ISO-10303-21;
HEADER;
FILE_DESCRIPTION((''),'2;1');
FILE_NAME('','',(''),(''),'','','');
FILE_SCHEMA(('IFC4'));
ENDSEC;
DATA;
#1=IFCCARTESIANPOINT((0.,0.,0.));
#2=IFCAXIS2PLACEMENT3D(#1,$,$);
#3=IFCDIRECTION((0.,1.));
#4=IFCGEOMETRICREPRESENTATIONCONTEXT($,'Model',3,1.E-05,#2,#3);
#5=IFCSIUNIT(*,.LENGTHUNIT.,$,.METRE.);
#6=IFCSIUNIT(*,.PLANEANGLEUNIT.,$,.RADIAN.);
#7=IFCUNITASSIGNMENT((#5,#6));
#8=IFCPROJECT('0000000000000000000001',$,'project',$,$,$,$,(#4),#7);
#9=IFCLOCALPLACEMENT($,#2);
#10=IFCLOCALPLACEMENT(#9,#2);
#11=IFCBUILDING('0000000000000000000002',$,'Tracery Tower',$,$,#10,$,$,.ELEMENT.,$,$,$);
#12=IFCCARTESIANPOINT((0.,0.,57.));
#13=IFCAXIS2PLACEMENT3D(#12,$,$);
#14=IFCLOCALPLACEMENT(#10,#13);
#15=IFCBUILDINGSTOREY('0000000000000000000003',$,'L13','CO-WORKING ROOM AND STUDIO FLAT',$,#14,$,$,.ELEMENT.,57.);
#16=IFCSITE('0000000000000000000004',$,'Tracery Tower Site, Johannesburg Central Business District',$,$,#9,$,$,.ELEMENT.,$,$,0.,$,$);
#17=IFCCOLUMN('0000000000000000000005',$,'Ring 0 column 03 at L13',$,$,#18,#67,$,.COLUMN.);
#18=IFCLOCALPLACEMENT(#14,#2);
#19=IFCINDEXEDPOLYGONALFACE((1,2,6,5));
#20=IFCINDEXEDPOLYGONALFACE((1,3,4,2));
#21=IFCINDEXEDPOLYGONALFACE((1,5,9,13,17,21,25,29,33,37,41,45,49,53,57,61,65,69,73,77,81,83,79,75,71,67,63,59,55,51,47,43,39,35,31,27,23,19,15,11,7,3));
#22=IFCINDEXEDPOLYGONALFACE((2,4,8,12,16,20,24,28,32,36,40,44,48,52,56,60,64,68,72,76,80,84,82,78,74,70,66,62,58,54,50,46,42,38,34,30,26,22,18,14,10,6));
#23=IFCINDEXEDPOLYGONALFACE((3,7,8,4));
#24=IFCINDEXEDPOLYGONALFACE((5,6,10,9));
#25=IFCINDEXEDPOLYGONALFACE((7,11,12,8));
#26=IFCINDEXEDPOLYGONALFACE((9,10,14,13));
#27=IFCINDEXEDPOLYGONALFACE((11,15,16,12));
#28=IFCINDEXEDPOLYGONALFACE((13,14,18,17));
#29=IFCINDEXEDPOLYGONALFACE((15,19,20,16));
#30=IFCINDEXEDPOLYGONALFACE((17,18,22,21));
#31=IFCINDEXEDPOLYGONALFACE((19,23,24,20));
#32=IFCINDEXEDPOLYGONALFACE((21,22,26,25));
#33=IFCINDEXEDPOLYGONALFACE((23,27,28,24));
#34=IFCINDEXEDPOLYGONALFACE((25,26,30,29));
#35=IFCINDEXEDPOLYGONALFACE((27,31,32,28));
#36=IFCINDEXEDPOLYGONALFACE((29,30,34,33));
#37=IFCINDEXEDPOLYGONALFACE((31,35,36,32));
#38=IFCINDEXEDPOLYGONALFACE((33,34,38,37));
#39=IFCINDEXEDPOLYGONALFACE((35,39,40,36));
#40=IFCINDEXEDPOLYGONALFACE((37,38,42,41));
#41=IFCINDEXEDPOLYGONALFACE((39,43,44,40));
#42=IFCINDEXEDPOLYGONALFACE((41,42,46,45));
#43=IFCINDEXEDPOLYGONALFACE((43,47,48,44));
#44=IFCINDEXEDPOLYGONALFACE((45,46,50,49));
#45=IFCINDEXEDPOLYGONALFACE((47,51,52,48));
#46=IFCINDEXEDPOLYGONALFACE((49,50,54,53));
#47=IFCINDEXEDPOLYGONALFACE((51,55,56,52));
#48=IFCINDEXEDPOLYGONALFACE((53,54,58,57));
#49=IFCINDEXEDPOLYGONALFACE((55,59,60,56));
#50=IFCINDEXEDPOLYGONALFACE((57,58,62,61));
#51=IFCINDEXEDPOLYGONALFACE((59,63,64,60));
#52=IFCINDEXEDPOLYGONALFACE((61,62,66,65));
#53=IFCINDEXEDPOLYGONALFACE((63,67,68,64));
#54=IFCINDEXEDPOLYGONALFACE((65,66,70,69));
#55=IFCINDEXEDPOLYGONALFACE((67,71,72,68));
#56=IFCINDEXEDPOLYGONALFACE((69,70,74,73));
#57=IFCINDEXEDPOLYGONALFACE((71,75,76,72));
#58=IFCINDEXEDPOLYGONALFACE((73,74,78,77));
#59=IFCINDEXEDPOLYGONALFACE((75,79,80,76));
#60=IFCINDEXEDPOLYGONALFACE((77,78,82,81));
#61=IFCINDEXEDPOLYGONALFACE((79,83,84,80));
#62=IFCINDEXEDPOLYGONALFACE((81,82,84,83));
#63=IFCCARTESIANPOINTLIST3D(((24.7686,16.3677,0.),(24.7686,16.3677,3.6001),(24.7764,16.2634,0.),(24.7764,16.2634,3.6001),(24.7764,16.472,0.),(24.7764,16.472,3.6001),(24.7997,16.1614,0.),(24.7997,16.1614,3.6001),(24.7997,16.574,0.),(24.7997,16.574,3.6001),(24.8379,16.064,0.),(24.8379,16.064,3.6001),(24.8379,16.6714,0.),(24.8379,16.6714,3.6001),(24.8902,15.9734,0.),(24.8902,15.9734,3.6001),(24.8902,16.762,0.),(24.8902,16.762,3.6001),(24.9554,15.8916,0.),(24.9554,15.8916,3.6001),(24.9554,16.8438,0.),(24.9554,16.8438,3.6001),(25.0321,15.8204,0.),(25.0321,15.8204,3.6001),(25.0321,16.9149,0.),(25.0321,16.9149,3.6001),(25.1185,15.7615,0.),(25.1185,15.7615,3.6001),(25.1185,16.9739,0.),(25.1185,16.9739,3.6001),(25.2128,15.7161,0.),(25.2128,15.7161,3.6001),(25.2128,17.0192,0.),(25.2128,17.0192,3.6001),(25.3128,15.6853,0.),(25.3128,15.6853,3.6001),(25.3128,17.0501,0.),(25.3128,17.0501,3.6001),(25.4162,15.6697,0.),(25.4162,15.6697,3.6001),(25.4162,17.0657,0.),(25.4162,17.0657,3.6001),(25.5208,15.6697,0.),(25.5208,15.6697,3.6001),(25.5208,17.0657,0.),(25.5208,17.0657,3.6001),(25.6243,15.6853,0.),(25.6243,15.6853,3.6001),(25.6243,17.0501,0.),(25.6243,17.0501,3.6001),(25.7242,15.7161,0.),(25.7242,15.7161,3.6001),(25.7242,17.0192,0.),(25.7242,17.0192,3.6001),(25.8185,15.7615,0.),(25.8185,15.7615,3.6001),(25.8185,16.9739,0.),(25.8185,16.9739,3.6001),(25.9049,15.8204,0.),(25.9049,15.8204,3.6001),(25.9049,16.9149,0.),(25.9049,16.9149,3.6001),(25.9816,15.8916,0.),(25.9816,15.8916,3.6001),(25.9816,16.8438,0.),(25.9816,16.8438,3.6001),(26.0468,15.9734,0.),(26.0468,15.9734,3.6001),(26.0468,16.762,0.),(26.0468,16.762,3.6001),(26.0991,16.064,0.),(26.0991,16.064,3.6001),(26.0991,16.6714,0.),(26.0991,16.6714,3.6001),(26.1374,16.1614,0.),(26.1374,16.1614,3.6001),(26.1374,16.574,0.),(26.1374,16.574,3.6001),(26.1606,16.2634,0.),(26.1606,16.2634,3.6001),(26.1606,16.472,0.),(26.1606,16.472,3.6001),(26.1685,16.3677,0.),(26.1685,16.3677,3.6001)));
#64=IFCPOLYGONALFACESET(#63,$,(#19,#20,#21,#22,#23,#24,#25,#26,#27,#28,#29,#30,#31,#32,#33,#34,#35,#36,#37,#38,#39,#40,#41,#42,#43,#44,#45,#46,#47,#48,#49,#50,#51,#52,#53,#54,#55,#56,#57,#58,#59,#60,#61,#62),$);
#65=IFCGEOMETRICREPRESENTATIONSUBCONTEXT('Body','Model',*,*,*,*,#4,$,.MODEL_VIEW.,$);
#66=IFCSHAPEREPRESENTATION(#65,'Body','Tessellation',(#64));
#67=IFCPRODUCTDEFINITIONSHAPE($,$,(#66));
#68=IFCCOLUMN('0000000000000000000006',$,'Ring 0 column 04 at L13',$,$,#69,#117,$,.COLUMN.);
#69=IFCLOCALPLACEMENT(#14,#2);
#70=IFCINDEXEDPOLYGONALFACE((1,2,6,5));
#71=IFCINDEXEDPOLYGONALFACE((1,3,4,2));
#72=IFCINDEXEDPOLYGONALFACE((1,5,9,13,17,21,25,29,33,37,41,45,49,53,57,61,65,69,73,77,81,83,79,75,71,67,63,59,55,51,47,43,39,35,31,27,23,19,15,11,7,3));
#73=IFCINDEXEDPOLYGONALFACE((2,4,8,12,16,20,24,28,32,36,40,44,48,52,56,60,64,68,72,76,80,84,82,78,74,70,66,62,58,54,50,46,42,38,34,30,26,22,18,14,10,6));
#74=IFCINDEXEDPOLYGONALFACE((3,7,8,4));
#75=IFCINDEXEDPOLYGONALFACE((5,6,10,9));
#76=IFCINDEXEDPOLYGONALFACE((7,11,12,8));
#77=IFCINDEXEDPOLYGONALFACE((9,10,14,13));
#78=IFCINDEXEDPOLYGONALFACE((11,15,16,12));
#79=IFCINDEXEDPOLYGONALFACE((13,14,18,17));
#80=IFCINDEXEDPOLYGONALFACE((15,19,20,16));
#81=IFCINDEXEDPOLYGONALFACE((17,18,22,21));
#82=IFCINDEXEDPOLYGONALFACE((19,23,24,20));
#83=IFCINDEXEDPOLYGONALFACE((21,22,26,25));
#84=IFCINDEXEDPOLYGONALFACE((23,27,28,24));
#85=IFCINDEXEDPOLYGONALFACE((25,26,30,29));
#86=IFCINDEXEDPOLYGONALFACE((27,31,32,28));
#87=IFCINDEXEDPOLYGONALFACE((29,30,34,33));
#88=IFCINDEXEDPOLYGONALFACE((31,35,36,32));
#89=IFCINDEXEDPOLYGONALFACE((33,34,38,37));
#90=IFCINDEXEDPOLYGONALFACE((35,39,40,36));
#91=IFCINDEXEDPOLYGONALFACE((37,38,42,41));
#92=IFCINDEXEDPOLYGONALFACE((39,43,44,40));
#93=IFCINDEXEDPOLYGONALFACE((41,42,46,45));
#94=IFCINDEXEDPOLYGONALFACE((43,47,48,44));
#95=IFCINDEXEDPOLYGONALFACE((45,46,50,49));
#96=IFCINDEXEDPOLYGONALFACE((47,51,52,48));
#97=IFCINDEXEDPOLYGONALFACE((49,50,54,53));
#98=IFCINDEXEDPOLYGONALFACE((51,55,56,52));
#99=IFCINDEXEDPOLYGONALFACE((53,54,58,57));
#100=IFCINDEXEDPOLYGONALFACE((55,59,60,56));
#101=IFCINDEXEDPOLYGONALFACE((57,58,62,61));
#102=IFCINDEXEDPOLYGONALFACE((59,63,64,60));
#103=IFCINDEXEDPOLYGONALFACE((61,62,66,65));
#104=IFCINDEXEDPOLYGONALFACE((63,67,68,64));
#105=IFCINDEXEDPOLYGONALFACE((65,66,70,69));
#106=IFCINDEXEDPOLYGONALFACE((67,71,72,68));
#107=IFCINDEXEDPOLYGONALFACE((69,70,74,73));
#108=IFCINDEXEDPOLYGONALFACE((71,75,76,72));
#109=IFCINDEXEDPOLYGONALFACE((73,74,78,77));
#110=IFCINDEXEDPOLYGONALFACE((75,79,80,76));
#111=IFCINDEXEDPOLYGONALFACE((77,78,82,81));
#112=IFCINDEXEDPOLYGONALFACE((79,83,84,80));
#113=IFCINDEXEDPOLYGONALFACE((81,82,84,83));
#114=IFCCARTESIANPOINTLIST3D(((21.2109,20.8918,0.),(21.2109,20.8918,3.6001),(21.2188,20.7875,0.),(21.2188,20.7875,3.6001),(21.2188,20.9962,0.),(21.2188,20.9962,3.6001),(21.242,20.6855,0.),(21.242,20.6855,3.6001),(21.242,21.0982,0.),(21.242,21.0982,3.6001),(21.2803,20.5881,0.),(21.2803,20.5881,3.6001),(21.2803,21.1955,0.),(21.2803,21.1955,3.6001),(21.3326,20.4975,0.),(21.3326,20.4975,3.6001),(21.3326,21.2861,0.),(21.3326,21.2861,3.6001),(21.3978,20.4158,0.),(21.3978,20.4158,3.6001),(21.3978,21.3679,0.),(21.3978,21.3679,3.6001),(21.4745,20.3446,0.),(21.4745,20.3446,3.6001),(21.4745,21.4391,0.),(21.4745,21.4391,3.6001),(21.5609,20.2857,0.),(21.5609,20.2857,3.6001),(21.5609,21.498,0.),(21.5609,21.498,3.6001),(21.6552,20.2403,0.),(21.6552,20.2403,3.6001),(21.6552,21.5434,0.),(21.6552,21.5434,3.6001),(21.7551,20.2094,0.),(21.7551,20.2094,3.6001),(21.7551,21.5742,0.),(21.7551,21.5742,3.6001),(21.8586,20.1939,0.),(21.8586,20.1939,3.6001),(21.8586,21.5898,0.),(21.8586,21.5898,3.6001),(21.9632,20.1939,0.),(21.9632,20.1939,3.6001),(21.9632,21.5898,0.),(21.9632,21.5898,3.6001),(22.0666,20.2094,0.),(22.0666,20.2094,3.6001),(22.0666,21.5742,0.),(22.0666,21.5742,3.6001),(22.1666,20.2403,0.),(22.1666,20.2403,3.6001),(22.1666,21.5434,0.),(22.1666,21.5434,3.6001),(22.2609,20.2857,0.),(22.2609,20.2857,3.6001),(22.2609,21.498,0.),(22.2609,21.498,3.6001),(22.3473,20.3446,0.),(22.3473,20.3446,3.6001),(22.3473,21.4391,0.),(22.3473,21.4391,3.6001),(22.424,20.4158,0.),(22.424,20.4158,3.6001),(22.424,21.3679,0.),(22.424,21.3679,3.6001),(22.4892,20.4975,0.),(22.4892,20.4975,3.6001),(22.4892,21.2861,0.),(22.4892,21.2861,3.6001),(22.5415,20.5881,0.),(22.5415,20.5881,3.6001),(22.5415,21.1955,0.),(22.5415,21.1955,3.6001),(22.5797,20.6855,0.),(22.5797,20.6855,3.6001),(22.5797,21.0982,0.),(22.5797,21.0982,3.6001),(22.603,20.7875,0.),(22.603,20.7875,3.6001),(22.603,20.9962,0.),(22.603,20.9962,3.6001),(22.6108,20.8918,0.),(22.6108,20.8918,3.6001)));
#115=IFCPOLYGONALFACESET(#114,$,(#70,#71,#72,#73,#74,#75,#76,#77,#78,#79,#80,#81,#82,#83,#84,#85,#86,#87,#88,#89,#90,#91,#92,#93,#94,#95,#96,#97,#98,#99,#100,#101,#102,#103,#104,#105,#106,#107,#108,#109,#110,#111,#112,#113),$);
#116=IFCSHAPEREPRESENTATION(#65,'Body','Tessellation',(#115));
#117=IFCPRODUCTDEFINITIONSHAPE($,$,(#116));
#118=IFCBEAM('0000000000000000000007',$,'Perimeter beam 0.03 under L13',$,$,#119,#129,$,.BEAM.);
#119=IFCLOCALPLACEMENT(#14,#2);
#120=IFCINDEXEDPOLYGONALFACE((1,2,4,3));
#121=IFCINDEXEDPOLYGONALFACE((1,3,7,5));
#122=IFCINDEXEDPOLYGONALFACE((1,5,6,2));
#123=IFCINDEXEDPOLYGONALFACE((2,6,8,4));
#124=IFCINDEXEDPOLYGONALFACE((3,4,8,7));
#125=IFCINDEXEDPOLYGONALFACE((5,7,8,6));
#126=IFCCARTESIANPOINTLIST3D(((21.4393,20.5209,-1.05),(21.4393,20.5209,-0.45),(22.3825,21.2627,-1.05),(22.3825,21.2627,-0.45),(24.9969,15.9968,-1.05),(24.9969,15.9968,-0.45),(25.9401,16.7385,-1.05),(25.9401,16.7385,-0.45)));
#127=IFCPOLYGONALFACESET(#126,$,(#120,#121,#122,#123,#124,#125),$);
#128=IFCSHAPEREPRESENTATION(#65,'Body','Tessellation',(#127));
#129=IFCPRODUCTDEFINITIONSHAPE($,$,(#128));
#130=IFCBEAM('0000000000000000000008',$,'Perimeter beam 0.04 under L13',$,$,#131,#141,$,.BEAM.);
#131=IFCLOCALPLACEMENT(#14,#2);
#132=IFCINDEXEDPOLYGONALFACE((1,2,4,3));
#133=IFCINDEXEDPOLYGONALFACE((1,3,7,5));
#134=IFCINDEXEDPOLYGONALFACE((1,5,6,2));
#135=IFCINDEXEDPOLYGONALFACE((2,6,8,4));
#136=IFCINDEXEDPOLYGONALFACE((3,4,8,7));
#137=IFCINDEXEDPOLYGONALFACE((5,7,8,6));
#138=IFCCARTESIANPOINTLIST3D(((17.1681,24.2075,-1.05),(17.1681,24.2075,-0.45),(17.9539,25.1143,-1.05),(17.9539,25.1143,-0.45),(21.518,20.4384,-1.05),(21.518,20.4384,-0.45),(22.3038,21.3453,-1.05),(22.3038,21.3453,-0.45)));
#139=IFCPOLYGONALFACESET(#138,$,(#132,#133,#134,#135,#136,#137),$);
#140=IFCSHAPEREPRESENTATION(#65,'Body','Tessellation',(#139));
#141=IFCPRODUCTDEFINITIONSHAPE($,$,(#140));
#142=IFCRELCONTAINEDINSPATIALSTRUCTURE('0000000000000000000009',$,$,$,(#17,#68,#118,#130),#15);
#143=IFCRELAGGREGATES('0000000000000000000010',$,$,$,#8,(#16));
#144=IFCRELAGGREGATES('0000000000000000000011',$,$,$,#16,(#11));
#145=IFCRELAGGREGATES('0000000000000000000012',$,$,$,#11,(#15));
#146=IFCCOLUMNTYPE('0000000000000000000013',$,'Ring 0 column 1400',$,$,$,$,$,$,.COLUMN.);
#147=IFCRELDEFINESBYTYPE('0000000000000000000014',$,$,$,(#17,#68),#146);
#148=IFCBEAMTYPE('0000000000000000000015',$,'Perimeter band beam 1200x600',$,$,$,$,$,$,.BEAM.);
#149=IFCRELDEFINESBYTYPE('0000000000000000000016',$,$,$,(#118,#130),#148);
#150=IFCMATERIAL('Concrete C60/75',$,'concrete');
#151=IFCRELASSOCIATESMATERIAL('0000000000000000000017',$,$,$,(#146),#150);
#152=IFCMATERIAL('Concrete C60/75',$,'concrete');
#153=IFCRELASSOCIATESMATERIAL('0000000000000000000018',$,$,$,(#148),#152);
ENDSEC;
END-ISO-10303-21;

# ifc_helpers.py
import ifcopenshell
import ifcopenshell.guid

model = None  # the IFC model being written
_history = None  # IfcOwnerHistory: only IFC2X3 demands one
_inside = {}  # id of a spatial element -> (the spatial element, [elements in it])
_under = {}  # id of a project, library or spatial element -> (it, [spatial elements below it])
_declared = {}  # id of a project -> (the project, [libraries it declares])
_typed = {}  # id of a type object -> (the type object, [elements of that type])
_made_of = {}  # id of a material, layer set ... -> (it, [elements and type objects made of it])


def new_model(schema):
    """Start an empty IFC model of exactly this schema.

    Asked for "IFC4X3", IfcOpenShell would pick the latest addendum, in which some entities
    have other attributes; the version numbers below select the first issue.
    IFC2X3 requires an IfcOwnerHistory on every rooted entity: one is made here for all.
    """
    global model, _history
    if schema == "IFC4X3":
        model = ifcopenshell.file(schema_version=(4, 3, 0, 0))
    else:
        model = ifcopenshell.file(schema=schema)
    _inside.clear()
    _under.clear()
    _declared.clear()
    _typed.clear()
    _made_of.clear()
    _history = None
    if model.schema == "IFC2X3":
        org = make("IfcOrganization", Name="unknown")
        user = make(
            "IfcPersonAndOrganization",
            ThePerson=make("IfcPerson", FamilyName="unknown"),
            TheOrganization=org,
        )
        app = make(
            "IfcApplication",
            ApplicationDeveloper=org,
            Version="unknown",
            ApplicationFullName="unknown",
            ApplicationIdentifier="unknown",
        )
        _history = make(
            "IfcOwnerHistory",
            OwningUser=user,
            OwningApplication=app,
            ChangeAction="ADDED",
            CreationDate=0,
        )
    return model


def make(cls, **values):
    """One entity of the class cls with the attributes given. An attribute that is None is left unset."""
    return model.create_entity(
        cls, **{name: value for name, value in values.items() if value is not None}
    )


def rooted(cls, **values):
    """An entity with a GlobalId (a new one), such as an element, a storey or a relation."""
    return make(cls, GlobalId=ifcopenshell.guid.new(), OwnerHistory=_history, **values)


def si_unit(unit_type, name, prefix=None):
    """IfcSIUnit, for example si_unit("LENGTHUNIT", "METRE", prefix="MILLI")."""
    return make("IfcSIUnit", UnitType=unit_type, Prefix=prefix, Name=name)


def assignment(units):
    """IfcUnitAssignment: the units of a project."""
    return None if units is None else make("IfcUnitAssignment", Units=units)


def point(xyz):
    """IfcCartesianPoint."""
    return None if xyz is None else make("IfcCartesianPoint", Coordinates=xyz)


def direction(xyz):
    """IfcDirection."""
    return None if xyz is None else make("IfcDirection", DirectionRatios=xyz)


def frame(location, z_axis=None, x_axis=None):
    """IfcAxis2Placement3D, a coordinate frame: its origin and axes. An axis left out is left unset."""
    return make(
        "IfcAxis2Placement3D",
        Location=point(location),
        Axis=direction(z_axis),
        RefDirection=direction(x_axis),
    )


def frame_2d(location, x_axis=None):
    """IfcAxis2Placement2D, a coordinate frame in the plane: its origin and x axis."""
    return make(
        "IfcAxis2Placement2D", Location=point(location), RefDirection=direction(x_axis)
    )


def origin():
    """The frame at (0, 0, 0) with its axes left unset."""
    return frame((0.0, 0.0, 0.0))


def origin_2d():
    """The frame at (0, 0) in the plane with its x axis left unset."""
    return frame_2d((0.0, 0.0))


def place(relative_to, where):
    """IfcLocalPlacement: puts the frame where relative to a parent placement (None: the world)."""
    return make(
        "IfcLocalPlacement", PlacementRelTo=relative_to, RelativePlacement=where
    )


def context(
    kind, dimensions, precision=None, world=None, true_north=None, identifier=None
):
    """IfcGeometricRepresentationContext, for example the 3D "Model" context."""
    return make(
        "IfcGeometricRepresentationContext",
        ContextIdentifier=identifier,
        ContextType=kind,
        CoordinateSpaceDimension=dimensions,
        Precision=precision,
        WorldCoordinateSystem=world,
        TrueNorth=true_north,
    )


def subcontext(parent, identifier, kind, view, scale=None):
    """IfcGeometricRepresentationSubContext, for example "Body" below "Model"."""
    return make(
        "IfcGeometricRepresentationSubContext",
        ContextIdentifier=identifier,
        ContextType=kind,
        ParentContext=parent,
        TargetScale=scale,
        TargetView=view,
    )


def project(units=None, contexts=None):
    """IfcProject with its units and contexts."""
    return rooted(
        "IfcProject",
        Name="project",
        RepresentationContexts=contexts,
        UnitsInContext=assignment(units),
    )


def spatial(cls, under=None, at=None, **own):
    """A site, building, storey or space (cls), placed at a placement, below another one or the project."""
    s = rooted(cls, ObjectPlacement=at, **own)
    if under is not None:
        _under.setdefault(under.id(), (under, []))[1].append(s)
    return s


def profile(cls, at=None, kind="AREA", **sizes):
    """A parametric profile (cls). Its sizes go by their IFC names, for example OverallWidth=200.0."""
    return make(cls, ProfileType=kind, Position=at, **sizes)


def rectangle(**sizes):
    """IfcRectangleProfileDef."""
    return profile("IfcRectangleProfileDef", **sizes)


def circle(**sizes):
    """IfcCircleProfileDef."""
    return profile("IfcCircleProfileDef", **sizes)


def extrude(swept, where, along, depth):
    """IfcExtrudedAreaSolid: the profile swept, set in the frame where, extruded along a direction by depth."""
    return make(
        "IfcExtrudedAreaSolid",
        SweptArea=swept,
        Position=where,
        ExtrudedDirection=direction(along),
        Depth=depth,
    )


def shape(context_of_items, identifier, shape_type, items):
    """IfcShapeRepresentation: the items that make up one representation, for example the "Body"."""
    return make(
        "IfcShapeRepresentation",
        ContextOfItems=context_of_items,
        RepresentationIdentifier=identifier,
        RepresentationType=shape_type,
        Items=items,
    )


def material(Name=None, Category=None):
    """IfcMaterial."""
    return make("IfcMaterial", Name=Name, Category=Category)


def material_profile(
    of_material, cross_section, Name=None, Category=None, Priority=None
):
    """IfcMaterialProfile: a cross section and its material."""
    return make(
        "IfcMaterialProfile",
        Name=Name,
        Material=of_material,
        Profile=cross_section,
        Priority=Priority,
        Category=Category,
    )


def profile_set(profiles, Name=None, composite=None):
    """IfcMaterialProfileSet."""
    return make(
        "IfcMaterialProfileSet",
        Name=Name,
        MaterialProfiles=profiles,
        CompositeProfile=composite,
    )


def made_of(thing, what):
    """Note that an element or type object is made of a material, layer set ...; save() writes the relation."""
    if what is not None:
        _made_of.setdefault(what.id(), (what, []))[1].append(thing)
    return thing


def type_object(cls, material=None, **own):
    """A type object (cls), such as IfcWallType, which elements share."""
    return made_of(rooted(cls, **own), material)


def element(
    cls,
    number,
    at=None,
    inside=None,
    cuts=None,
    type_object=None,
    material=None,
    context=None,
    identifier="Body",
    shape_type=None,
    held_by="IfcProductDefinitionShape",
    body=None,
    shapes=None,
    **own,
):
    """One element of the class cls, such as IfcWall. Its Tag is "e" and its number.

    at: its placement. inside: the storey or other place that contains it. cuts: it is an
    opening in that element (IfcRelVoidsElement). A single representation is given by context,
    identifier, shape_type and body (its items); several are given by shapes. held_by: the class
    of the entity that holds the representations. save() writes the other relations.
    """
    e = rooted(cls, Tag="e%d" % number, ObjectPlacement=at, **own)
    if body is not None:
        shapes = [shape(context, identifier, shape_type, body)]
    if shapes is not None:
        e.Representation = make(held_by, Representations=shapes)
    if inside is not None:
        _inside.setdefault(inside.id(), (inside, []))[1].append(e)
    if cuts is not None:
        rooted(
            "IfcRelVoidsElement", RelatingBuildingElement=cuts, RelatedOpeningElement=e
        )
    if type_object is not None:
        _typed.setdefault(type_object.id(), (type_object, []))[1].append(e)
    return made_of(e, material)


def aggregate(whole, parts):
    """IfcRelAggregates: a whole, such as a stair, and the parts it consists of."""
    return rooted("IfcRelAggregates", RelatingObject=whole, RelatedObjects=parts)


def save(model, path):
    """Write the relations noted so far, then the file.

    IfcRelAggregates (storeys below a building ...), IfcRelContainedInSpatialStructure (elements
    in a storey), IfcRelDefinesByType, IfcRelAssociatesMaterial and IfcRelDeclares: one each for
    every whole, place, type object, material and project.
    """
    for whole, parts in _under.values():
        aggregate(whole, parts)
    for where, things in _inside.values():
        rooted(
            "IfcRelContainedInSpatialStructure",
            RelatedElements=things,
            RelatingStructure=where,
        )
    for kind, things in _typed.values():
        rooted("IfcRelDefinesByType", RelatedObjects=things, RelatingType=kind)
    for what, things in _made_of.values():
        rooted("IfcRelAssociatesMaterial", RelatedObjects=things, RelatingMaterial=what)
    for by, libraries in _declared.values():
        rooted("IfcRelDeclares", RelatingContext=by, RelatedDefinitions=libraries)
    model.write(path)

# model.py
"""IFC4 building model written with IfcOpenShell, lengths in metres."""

from ifc_helpers import new_model, si_unit, direction, frame, origin, origin_2d, place, context, subcontext, project, spatial, rectangle, circle, extrude, material, material_profile, profile_set, type_object, element, save


model = new_model("IFC4")

# Units and contexts
model_context = context("Model", 3, precision=1e-05, world=origin(), true_north=direction((0.0, 1.0)))
body_context = subcontext(model_context, "Body", "Model", "MODEL_VIEW")
ifc_project = project(units=[si_unit("LENGTHUNIT", "METRE"), si_unit("PLANEANGLEUNIT", "RADIAN")], contexts=[model_context])

# Site, building, storey
site_placement = place(None, origin())
site = spatial("IfcSite", under=ifc_project, at=site_placement, Name="Tracery Tower Site, Johannesburg Central Business District", CompositionType="ELEMENT", RefElevation=0.0)
building_placement = place(site_placement, origin())
building = spatial("IfcBuilding", under=site, at=building_placement, Name="Tracery Tower", CompositionType="ELEMENT")
storey_placement = place(building_placement, frame((0.0, 0.0, 57.0)))
storey = spatial("IfcBuildingStorey", under=building, at=storey_placement, Name="L13", Description="CO-WORKING ROOM AND STUDIO FLAT", CompositionType="ELEMENT", Elevation=57.0)

# Columns
ifc_material_1 = material(Name="Concrete C60/75", Category="concrete")
ifc_material_profile_1 = material_profile(ifc_material_1, circle(Radius=0.7, at=origin_2d()), Name="RC D1400")
ifc_profile_set_1 = profile_set([ifc_material_profile_1], Name="Concrete C60/75")
column_type = type_object("IfcColumnType", Name="Ring 0 column 1400", PredefinedType="COLUMN", material=ifc_profile_set_1)
for number, where, z_axis, x_axis, name in (
    (1, (25.4685, 16.3677, 0.0), (0.0, 0.0, 1.0), (1.0, 0.0, 0.0), "Ring 0 column 03 at L13"),
    (2, (21.9109, 20.8918, 0.0), (0.0, 0.0, 1.0), (1.0, 0.0, 0.0), "Ring 0 column 04 at L13"),
):
    element("IfcColumn", number, at=place(storey_placement, frame(where, z_axis=z_axis, x_axis=x_axis)), inside=storey, type_object=column_type, Name=name, PredefinedType="COLUMN", context=body_context, shape_type="SweptSolid", body=[
        extrude(circle(Radius=0.7, at=origin_2d()), origin(), (0.0, 0.0, 1.0), 3.6001),
    ])

# Beams
ifc_material_2 = material(Name="Concrete C60/75", Category="concrete")
ifc_material_profile_2 = material_profile(ifc_material_2, rectangle(XDim=1.2, YDim=0.6001, at=origin_2d()), Name="RC 1200x600")
ifc_profile_set_2 = profile_set([ifc_material_profile_2], Name="Concrete C60/75")
beam_type = type_object("IfcBeamType", Name="Perimeter band beam 1200x600", PredefinedType="BEAM", material=ifc_profile_set_2)
beam_1_placement = place(storey_placement, frame((25.4685, 16.3677, -0.75), z_axis=(-0.618134, 0.786072, 0.0), x_axis=(-0.786072, -0.618134, 0.0)))
element("IfcBeam", 3, at=beam_1_placement, inside=storey, type_object=beam_type, Name="Perimeter beam 0.03 under L13", PredefinedType="BEAM", context=body_context, shape_type="SweptSolid", body=[
    extrude(rectangle(XDim=1.2, YDim=0.6001, at=origin_2d()), origin(), (0.0, 0.0, 1.0), 5.7554),
])
beam_2_placement = place(storey_placement, frame((21.9109, 20.8918, -0.75), z_axis=(-0.75576, 0.654848, 0.0), x_axis=(-0.654848, -0.75576, 0.0)))
element("IfcBeam", 4, at=beam_2_placement, inside=storey, type_object=beam_type, Name="Perimeter beam 0.04 under L13", PredefinedType="BEAM", context=body_context, shape_type="SweptSolid", body=[
    extrude(rectangle(XDim=1.2, YDim=0.6001, at=origin_2d()), origin(), (0.0, 0.0, 1.0), 5.7556),
])

save(model, "model.ifc")
